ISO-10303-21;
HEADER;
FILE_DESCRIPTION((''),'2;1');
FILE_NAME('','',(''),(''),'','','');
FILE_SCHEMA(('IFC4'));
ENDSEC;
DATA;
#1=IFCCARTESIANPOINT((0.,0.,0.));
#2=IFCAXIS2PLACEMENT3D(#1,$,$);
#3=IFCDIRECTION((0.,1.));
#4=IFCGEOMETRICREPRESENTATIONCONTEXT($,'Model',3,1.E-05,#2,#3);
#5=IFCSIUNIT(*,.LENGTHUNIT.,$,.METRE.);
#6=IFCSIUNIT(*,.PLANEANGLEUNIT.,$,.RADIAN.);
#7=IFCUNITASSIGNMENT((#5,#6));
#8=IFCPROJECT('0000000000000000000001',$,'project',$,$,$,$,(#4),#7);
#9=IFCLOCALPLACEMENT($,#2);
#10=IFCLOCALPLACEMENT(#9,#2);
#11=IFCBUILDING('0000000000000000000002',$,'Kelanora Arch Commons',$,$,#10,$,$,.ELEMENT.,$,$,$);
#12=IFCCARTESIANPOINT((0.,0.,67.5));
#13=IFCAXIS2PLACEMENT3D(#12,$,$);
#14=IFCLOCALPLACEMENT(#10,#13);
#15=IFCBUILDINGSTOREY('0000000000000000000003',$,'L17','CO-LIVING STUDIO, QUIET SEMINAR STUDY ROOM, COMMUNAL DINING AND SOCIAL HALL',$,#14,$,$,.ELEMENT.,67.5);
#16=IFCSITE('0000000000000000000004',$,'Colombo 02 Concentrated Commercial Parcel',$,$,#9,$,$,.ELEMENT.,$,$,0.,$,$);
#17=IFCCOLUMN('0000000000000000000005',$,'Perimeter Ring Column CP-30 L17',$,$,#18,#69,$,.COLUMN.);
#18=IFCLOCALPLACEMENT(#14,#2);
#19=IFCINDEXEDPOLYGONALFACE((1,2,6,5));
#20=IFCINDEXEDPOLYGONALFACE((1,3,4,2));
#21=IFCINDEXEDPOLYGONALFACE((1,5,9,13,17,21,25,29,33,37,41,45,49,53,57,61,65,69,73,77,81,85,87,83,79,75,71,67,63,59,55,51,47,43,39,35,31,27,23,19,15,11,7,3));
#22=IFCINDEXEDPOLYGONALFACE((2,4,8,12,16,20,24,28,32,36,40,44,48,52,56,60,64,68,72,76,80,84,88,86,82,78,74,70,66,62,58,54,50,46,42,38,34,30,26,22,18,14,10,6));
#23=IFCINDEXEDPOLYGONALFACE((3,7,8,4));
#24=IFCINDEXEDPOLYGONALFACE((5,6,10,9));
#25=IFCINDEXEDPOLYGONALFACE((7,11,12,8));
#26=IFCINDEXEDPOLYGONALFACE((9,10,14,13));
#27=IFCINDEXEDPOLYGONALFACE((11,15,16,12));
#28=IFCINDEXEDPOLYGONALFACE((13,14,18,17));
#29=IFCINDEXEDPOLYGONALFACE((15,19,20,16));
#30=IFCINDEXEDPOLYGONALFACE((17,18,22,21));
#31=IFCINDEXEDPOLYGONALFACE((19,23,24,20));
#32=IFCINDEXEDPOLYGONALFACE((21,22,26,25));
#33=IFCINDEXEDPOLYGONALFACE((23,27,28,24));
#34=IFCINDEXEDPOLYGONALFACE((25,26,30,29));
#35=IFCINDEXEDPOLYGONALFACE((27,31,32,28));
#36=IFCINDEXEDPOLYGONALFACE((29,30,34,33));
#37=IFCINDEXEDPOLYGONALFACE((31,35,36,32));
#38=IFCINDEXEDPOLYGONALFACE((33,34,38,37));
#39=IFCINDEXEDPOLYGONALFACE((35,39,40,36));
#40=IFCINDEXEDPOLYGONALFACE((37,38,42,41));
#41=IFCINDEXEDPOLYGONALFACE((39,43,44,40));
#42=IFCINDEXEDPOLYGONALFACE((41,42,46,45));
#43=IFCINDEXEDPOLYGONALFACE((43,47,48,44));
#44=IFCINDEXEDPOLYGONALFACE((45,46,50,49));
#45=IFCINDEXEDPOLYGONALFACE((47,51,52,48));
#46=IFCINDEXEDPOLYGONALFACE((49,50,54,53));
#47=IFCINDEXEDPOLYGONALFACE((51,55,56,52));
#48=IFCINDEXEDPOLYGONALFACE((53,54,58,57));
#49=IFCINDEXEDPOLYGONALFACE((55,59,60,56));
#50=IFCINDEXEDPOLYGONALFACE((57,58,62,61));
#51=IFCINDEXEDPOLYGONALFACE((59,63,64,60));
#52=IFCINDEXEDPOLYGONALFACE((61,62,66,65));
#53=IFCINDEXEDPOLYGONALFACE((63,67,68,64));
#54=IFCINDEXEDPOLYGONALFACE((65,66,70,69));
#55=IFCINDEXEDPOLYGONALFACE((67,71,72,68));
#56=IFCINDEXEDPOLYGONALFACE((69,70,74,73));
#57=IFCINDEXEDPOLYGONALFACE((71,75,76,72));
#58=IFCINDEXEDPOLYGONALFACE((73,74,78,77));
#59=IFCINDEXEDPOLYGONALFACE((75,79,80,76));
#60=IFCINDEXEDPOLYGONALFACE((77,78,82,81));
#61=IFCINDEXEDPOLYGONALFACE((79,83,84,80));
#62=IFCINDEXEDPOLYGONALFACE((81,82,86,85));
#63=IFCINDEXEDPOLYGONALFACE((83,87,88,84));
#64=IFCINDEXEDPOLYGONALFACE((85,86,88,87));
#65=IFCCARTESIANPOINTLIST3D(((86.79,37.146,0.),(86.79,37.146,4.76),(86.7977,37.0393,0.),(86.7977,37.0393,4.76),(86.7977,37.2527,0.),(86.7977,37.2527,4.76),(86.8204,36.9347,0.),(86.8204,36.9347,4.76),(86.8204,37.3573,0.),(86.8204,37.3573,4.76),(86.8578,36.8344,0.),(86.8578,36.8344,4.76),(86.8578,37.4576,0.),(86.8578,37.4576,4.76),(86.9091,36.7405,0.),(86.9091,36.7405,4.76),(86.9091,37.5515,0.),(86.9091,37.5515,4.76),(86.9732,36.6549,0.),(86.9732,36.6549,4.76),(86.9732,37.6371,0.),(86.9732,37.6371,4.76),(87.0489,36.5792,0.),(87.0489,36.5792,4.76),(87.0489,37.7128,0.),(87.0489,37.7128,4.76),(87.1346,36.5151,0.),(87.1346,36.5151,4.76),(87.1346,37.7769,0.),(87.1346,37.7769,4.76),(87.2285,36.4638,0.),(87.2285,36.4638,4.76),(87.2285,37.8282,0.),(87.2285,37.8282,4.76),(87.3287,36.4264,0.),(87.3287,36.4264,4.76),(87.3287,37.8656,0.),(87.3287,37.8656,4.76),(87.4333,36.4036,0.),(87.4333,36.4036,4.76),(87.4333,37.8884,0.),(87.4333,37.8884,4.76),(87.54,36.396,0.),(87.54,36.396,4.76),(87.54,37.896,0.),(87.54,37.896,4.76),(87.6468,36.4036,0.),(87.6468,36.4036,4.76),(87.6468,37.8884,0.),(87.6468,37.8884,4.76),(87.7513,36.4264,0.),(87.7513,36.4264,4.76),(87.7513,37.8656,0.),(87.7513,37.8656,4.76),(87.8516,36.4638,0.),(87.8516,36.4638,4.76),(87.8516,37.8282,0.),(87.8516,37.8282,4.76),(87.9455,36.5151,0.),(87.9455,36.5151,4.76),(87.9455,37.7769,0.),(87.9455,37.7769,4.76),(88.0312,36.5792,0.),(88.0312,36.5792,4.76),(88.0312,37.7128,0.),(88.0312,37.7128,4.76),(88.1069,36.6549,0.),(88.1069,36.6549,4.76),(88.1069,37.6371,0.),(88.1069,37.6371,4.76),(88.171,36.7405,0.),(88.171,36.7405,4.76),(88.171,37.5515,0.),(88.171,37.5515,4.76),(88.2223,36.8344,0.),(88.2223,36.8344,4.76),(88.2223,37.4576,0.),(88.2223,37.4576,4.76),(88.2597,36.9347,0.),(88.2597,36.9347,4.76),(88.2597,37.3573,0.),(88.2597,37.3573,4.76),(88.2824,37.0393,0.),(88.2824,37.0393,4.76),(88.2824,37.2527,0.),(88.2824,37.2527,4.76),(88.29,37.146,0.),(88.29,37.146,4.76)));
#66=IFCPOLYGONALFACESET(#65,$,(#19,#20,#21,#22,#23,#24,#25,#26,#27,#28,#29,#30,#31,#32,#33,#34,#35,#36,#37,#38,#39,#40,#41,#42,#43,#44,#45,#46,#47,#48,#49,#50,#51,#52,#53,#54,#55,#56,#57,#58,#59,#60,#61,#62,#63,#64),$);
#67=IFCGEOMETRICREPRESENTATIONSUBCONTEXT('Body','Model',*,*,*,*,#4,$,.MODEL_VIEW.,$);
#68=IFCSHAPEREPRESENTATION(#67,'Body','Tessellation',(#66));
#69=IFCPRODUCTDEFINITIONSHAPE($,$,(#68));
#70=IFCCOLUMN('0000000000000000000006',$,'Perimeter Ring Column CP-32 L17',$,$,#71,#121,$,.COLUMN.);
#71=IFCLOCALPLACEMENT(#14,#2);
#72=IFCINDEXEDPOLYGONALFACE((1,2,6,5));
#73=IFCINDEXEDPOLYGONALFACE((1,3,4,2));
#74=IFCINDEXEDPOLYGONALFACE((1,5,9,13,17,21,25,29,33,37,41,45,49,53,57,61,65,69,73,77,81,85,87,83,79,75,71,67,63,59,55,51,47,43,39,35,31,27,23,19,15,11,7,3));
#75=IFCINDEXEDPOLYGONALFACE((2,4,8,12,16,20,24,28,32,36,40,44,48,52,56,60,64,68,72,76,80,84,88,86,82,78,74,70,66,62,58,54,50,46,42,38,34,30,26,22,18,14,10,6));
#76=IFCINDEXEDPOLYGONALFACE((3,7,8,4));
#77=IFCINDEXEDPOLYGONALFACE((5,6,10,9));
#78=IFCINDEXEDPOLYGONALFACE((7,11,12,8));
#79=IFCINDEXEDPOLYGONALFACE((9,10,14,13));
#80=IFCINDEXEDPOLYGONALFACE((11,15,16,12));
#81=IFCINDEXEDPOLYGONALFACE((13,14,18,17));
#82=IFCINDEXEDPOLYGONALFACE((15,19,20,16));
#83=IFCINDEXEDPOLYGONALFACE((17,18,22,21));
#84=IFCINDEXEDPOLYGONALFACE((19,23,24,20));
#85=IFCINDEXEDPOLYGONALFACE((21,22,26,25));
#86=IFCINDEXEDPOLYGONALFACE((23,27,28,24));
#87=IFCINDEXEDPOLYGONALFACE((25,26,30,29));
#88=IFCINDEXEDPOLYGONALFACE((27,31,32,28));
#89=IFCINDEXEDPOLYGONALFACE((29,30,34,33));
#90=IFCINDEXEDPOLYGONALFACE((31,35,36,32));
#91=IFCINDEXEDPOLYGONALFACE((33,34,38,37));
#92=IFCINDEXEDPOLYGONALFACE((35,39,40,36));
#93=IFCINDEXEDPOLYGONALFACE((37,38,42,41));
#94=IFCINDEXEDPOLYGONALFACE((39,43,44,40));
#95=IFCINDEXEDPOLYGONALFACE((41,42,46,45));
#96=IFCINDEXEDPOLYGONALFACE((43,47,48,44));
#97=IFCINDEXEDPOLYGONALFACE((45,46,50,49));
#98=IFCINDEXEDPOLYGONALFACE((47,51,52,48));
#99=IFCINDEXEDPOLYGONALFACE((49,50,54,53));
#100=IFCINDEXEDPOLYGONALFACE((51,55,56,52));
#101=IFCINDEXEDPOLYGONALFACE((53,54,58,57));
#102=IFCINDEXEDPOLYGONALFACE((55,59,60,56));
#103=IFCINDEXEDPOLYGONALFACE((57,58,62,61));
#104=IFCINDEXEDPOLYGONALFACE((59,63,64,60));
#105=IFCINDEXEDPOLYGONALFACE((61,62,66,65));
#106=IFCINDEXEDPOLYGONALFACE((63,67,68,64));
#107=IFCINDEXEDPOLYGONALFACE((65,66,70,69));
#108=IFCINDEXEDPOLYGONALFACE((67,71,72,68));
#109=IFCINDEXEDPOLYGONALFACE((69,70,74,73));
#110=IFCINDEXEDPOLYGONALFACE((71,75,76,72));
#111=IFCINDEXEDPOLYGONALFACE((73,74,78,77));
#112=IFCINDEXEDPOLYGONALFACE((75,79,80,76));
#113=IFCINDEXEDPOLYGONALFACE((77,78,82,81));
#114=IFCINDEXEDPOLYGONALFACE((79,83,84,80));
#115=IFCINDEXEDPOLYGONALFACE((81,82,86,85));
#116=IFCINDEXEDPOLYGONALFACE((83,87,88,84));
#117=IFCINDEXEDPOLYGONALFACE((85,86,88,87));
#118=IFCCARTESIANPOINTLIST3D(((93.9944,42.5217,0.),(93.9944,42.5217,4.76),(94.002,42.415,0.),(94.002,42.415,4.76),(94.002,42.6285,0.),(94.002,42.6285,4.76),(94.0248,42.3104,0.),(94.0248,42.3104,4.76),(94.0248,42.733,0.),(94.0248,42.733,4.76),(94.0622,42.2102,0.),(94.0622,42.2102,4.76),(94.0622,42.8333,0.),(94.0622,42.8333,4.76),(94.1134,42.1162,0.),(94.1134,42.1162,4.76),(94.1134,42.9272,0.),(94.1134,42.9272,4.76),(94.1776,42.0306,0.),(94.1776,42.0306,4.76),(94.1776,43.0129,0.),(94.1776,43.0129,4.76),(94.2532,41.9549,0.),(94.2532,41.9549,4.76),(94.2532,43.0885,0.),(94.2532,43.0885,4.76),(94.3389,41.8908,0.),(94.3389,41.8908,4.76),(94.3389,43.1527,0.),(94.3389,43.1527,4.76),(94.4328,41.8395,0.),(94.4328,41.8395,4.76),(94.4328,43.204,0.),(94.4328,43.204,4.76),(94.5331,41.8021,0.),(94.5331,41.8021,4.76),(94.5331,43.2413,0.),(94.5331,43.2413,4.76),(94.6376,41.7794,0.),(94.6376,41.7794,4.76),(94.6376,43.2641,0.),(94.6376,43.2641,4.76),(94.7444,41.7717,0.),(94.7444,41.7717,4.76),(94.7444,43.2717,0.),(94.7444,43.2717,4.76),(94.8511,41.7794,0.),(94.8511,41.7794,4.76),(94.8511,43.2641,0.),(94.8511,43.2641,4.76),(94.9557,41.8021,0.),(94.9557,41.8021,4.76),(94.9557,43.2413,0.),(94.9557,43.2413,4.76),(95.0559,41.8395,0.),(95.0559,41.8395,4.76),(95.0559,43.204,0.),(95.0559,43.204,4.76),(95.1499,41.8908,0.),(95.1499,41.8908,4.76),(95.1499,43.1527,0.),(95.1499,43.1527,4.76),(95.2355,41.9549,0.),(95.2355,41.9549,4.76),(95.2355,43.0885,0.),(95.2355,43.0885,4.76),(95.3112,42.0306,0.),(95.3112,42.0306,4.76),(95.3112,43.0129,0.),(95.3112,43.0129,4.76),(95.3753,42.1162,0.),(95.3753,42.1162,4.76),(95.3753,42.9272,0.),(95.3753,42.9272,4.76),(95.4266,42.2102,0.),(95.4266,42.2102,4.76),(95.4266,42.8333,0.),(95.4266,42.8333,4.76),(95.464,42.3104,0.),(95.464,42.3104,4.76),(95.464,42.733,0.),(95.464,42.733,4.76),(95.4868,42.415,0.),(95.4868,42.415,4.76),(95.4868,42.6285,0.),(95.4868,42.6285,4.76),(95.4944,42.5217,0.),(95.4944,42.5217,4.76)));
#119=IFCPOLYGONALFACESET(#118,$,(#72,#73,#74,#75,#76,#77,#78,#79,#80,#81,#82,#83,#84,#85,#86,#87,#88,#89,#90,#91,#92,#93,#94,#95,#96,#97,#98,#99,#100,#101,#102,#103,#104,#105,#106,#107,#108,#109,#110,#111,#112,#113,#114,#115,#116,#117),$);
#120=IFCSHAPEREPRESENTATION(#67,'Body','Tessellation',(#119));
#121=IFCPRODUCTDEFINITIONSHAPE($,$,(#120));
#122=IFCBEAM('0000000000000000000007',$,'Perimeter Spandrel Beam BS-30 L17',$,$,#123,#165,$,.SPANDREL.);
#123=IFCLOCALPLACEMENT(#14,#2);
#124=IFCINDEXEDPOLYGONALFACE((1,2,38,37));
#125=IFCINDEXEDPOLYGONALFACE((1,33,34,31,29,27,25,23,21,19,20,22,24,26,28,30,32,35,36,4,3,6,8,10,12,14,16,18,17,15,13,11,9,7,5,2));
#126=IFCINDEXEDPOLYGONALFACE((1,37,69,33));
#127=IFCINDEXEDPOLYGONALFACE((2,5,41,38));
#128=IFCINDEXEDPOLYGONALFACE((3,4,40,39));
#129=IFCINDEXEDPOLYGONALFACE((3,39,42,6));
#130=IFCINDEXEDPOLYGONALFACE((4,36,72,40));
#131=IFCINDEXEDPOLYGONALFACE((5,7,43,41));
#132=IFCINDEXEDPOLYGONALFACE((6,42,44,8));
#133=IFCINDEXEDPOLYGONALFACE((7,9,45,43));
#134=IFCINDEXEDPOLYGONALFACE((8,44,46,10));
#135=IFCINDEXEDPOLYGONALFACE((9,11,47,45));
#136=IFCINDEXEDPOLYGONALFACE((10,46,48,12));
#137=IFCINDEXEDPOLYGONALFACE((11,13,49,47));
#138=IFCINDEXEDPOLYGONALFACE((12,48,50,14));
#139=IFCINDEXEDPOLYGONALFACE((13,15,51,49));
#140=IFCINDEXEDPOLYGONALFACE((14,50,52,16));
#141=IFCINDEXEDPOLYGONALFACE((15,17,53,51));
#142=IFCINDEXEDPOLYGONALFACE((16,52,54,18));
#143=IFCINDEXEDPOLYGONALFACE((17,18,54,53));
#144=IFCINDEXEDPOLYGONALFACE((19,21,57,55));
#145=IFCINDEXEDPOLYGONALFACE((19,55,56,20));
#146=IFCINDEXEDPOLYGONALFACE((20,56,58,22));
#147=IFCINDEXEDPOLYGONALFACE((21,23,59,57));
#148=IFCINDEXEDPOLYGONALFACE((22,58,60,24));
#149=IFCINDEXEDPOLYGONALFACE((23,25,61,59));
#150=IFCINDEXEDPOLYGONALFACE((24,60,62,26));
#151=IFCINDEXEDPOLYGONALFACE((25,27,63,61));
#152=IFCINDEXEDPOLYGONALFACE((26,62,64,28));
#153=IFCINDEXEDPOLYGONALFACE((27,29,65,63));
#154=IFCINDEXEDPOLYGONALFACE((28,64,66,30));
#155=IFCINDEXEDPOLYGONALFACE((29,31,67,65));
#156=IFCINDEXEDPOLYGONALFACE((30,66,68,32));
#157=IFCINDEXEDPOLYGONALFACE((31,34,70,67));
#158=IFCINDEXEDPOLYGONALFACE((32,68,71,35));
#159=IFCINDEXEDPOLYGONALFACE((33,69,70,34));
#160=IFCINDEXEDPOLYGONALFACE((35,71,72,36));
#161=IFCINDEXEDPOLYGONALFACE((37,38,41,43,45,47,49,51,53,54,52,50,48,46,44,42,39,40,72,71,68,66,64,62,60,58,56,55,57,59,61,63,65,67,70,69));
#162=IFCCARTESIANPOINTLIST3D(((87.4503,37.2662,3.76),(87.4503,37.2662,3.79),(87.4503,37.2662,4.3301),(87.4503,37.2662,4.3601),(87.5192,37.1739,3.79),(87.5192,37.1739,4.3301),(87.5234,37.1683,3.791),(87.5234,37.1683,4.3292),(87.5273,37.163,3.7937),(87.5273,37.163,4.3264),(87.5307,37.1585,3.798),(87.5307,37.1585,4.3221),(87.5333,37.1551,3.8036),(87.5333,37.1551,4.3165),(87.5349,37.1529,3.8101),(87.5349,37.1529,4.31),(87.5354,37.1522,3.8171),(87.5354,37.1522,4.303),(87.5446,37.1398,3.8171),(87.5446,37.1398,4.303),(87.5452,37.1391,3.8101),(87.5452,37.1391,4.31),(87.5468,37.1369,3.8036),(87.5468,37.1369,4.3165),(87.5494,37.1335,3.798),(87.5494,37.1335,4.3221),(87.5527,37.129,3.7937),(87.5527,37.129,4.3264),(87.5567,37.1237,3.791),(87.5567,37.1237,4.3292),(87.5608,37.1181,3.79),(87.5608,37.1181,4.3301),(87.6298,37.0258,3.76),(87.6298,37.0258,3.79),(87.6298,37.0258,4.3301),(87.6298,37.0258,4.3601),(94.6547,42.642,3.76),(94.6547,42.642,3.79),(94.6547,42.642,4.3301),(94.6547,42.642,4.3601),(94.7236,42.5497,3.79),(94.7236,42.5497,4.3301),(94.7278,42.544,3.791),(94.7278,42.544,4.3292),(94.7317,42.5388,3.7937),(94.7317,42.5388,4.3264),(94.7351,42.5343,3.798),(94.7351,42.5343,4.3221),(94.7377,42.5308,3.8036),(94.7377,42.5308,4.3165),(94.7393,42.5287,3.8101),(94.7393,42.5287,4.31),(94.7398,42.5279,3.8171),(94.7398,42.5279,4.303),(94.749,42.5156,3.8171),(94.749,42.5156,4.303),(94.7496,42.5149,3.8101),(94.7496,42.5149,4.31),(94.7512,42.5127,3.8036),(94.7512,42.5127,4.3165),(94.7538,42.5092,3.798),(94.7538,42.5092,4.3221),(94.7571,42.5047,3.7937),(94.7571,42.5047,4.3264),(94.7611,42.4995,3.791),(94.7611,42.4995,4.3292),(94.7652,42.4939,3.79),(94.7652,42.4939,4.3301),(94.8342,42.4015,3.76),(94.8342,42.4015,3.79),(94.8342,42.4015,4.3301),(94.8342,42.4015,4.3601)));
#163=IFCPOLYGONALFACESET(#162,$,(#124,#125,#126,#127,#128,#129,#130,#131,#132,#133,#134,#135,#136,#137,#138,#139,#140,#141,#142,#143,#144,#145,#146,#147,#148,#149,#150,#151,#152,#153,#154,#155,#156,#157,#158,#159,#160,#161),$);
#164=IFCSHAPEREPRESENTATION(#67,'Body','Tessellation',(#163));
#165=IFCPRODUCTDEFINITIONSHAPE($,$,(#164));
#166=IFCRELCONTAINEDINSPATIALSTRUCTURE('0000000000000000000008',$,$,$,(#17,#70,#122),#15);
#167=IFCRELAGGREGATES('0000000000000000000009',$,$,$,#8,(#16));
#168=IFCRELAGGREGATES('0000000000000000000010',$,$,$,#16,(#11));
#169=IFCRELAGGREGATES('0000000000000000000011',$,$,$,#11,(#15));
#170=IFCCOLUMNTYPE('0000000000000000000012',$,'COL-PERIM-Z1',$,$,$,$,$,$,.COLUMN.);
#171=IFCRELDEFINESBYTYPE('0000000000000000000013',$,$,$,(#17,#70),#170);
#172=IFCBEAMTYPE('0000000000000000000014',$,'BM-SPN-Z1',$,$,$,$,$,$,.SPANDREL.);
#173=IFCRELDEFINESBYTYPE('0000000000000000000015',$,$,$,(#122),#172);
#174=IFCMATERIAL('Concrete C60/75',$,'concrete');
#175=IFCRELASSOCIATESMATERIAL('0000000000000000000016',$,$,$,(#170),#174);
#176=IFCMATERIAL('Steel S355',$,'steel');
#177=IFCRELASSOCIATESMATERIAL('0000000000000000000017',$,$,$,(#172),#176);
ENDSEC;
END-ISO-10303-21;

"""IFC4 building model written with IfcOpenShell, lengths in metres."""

from ifc_helpers import new_model, si_unit, direction, frame, origin, origin_2d, place, context, subcontext, project, spatial, circle, i_section, extrude, material, material_profile, profile_set, type_object, element, save


model = new_model("IFC4")

# Units and contexts
model_context = context("Model", 3, precision=1e-05, world=origin(), true_north=direction((0.0, 1.0)))
body_context = subcontext(model_context, "Body", "Model", "MODEL_VIEW")
ifc_project = project(units=[si_unit("LENGTHUNIT", "METRE"), si_unit("PLANEANGLEUNIT", "RADIAN")], contexts=[model_context])

# Site, building, storey
site_placement = place(None, origin())
site = spatial("IfcSite", under=ifc_project, at=site_placement, Name="Colombo 02 Concentrated Commercial Parcel", CompositionType="ELEMENT", RefElevation=0.0)
building_placement = place(site_placement, origin())
building = spatial("IfcBuilding", under=site, at=building_placement, Name="Kelanora Arch Commons", CompositionType="ELEMENT")
storey_placement = place(building_placement, frame((0.0, 0.0, 67.5)))
storey = spatial("IfcBuildingStorey", under=building, at=storey_placement, Name="L17", Description="CO-LIVING STUDIO, QUIET SEMINAR STUDY ROOM, COMMUNAL DINING AND SOCIAL HALL", CompositionType="ELEMENT", Elevation=67.5)

# Columns
ifc_material_1 = material(Name="Concrete C60/75", Category="concrete")
ifc_material_profile_1 = material_profile(ifc_material_1, circle(Radius=0.75, at=origin_2d()), Name="RCC1500")
ifc_profile_set_1 = profile_set([ifc_material_profile_1], Name="Concrete C60/75")
column_type = type_object("IfcColumnType", Name="COL-PERIM-Z1", PredefinedType="COLUMN", material=ifc_profile_set_1)
for number, where, z_axis, x_axis, name in (
    (1, (87.54, 37.146, 0.0), (0.0, 0.0, 1.0), (1.0, 0.0, 0.0), "Perimeter Ring Column CP-30 L17"),
    (2, (94.7444, 42.5217, 0.0), (0.0, 0.0, 1.0), (1.0, 0.0, 0.0), "Perimeter Ring Column CP-32 L17"),
):
    element("IfcColumn", number, at=place(storey_placement, frame(where, z_axis=z_axis, x_axis=x_axis)), inside=storey, type_object=column_type, Name=name, PredefinedType="COLUMN", context=body_context, shape_type="SweptSolid", body=[
        extrude(circle(Radius=0.75, at=origin_2d()), origin(), (0.0, 0.0, 1.0), 4.76),
    ])

# Beam
ifc_material_2 = material(Name="Steel S355", Category="steel")
ifc_material_profile_2 = material_profile(ifc_material_2, i_section(OverallWidth=0.3, OverallDepth=0.6001, WebThickness=0.0154, FlangeThickness=0.03, FilletRadius=0.0271, at=origin_2d()), Name="HEB600")
ifc_profile_set_2 = profile_set([ifc_material_profile_2], Name="Steel S355")
beam_type_1 = type_object("IfcBeamType", Name="BM-SPN-Z1", PredefinedType="SPANDREL", material=ifc_profile_set_2)
beam_1_placement = place(storey_placement, frame((87.54, 37.146, 4.0601), z_axis=(0.801468, 0.598038, 0.0), x_axis=(-0.598038, 0.801468, 0.0)))
element("IfcBeam", 3, at=beam_1_placement, inside=storey, type_object=beam_type_1, Name="Perimeter Spandrel Beam BS-30 L17", PredefinedType="SPANDREL", context=body_context, shape_type="SweptSolid", body=[
    extrude(i_section(OverallWidth=0.3, OverallDepth=0.6001, WebThickness=0.0154, FlangeThickness=0.03, FilletRadius=0.0271, at=origin_2d()), origin(), (0.0, 0.0, 1.0), 8.989),
])

save(model, "model.ifc")
